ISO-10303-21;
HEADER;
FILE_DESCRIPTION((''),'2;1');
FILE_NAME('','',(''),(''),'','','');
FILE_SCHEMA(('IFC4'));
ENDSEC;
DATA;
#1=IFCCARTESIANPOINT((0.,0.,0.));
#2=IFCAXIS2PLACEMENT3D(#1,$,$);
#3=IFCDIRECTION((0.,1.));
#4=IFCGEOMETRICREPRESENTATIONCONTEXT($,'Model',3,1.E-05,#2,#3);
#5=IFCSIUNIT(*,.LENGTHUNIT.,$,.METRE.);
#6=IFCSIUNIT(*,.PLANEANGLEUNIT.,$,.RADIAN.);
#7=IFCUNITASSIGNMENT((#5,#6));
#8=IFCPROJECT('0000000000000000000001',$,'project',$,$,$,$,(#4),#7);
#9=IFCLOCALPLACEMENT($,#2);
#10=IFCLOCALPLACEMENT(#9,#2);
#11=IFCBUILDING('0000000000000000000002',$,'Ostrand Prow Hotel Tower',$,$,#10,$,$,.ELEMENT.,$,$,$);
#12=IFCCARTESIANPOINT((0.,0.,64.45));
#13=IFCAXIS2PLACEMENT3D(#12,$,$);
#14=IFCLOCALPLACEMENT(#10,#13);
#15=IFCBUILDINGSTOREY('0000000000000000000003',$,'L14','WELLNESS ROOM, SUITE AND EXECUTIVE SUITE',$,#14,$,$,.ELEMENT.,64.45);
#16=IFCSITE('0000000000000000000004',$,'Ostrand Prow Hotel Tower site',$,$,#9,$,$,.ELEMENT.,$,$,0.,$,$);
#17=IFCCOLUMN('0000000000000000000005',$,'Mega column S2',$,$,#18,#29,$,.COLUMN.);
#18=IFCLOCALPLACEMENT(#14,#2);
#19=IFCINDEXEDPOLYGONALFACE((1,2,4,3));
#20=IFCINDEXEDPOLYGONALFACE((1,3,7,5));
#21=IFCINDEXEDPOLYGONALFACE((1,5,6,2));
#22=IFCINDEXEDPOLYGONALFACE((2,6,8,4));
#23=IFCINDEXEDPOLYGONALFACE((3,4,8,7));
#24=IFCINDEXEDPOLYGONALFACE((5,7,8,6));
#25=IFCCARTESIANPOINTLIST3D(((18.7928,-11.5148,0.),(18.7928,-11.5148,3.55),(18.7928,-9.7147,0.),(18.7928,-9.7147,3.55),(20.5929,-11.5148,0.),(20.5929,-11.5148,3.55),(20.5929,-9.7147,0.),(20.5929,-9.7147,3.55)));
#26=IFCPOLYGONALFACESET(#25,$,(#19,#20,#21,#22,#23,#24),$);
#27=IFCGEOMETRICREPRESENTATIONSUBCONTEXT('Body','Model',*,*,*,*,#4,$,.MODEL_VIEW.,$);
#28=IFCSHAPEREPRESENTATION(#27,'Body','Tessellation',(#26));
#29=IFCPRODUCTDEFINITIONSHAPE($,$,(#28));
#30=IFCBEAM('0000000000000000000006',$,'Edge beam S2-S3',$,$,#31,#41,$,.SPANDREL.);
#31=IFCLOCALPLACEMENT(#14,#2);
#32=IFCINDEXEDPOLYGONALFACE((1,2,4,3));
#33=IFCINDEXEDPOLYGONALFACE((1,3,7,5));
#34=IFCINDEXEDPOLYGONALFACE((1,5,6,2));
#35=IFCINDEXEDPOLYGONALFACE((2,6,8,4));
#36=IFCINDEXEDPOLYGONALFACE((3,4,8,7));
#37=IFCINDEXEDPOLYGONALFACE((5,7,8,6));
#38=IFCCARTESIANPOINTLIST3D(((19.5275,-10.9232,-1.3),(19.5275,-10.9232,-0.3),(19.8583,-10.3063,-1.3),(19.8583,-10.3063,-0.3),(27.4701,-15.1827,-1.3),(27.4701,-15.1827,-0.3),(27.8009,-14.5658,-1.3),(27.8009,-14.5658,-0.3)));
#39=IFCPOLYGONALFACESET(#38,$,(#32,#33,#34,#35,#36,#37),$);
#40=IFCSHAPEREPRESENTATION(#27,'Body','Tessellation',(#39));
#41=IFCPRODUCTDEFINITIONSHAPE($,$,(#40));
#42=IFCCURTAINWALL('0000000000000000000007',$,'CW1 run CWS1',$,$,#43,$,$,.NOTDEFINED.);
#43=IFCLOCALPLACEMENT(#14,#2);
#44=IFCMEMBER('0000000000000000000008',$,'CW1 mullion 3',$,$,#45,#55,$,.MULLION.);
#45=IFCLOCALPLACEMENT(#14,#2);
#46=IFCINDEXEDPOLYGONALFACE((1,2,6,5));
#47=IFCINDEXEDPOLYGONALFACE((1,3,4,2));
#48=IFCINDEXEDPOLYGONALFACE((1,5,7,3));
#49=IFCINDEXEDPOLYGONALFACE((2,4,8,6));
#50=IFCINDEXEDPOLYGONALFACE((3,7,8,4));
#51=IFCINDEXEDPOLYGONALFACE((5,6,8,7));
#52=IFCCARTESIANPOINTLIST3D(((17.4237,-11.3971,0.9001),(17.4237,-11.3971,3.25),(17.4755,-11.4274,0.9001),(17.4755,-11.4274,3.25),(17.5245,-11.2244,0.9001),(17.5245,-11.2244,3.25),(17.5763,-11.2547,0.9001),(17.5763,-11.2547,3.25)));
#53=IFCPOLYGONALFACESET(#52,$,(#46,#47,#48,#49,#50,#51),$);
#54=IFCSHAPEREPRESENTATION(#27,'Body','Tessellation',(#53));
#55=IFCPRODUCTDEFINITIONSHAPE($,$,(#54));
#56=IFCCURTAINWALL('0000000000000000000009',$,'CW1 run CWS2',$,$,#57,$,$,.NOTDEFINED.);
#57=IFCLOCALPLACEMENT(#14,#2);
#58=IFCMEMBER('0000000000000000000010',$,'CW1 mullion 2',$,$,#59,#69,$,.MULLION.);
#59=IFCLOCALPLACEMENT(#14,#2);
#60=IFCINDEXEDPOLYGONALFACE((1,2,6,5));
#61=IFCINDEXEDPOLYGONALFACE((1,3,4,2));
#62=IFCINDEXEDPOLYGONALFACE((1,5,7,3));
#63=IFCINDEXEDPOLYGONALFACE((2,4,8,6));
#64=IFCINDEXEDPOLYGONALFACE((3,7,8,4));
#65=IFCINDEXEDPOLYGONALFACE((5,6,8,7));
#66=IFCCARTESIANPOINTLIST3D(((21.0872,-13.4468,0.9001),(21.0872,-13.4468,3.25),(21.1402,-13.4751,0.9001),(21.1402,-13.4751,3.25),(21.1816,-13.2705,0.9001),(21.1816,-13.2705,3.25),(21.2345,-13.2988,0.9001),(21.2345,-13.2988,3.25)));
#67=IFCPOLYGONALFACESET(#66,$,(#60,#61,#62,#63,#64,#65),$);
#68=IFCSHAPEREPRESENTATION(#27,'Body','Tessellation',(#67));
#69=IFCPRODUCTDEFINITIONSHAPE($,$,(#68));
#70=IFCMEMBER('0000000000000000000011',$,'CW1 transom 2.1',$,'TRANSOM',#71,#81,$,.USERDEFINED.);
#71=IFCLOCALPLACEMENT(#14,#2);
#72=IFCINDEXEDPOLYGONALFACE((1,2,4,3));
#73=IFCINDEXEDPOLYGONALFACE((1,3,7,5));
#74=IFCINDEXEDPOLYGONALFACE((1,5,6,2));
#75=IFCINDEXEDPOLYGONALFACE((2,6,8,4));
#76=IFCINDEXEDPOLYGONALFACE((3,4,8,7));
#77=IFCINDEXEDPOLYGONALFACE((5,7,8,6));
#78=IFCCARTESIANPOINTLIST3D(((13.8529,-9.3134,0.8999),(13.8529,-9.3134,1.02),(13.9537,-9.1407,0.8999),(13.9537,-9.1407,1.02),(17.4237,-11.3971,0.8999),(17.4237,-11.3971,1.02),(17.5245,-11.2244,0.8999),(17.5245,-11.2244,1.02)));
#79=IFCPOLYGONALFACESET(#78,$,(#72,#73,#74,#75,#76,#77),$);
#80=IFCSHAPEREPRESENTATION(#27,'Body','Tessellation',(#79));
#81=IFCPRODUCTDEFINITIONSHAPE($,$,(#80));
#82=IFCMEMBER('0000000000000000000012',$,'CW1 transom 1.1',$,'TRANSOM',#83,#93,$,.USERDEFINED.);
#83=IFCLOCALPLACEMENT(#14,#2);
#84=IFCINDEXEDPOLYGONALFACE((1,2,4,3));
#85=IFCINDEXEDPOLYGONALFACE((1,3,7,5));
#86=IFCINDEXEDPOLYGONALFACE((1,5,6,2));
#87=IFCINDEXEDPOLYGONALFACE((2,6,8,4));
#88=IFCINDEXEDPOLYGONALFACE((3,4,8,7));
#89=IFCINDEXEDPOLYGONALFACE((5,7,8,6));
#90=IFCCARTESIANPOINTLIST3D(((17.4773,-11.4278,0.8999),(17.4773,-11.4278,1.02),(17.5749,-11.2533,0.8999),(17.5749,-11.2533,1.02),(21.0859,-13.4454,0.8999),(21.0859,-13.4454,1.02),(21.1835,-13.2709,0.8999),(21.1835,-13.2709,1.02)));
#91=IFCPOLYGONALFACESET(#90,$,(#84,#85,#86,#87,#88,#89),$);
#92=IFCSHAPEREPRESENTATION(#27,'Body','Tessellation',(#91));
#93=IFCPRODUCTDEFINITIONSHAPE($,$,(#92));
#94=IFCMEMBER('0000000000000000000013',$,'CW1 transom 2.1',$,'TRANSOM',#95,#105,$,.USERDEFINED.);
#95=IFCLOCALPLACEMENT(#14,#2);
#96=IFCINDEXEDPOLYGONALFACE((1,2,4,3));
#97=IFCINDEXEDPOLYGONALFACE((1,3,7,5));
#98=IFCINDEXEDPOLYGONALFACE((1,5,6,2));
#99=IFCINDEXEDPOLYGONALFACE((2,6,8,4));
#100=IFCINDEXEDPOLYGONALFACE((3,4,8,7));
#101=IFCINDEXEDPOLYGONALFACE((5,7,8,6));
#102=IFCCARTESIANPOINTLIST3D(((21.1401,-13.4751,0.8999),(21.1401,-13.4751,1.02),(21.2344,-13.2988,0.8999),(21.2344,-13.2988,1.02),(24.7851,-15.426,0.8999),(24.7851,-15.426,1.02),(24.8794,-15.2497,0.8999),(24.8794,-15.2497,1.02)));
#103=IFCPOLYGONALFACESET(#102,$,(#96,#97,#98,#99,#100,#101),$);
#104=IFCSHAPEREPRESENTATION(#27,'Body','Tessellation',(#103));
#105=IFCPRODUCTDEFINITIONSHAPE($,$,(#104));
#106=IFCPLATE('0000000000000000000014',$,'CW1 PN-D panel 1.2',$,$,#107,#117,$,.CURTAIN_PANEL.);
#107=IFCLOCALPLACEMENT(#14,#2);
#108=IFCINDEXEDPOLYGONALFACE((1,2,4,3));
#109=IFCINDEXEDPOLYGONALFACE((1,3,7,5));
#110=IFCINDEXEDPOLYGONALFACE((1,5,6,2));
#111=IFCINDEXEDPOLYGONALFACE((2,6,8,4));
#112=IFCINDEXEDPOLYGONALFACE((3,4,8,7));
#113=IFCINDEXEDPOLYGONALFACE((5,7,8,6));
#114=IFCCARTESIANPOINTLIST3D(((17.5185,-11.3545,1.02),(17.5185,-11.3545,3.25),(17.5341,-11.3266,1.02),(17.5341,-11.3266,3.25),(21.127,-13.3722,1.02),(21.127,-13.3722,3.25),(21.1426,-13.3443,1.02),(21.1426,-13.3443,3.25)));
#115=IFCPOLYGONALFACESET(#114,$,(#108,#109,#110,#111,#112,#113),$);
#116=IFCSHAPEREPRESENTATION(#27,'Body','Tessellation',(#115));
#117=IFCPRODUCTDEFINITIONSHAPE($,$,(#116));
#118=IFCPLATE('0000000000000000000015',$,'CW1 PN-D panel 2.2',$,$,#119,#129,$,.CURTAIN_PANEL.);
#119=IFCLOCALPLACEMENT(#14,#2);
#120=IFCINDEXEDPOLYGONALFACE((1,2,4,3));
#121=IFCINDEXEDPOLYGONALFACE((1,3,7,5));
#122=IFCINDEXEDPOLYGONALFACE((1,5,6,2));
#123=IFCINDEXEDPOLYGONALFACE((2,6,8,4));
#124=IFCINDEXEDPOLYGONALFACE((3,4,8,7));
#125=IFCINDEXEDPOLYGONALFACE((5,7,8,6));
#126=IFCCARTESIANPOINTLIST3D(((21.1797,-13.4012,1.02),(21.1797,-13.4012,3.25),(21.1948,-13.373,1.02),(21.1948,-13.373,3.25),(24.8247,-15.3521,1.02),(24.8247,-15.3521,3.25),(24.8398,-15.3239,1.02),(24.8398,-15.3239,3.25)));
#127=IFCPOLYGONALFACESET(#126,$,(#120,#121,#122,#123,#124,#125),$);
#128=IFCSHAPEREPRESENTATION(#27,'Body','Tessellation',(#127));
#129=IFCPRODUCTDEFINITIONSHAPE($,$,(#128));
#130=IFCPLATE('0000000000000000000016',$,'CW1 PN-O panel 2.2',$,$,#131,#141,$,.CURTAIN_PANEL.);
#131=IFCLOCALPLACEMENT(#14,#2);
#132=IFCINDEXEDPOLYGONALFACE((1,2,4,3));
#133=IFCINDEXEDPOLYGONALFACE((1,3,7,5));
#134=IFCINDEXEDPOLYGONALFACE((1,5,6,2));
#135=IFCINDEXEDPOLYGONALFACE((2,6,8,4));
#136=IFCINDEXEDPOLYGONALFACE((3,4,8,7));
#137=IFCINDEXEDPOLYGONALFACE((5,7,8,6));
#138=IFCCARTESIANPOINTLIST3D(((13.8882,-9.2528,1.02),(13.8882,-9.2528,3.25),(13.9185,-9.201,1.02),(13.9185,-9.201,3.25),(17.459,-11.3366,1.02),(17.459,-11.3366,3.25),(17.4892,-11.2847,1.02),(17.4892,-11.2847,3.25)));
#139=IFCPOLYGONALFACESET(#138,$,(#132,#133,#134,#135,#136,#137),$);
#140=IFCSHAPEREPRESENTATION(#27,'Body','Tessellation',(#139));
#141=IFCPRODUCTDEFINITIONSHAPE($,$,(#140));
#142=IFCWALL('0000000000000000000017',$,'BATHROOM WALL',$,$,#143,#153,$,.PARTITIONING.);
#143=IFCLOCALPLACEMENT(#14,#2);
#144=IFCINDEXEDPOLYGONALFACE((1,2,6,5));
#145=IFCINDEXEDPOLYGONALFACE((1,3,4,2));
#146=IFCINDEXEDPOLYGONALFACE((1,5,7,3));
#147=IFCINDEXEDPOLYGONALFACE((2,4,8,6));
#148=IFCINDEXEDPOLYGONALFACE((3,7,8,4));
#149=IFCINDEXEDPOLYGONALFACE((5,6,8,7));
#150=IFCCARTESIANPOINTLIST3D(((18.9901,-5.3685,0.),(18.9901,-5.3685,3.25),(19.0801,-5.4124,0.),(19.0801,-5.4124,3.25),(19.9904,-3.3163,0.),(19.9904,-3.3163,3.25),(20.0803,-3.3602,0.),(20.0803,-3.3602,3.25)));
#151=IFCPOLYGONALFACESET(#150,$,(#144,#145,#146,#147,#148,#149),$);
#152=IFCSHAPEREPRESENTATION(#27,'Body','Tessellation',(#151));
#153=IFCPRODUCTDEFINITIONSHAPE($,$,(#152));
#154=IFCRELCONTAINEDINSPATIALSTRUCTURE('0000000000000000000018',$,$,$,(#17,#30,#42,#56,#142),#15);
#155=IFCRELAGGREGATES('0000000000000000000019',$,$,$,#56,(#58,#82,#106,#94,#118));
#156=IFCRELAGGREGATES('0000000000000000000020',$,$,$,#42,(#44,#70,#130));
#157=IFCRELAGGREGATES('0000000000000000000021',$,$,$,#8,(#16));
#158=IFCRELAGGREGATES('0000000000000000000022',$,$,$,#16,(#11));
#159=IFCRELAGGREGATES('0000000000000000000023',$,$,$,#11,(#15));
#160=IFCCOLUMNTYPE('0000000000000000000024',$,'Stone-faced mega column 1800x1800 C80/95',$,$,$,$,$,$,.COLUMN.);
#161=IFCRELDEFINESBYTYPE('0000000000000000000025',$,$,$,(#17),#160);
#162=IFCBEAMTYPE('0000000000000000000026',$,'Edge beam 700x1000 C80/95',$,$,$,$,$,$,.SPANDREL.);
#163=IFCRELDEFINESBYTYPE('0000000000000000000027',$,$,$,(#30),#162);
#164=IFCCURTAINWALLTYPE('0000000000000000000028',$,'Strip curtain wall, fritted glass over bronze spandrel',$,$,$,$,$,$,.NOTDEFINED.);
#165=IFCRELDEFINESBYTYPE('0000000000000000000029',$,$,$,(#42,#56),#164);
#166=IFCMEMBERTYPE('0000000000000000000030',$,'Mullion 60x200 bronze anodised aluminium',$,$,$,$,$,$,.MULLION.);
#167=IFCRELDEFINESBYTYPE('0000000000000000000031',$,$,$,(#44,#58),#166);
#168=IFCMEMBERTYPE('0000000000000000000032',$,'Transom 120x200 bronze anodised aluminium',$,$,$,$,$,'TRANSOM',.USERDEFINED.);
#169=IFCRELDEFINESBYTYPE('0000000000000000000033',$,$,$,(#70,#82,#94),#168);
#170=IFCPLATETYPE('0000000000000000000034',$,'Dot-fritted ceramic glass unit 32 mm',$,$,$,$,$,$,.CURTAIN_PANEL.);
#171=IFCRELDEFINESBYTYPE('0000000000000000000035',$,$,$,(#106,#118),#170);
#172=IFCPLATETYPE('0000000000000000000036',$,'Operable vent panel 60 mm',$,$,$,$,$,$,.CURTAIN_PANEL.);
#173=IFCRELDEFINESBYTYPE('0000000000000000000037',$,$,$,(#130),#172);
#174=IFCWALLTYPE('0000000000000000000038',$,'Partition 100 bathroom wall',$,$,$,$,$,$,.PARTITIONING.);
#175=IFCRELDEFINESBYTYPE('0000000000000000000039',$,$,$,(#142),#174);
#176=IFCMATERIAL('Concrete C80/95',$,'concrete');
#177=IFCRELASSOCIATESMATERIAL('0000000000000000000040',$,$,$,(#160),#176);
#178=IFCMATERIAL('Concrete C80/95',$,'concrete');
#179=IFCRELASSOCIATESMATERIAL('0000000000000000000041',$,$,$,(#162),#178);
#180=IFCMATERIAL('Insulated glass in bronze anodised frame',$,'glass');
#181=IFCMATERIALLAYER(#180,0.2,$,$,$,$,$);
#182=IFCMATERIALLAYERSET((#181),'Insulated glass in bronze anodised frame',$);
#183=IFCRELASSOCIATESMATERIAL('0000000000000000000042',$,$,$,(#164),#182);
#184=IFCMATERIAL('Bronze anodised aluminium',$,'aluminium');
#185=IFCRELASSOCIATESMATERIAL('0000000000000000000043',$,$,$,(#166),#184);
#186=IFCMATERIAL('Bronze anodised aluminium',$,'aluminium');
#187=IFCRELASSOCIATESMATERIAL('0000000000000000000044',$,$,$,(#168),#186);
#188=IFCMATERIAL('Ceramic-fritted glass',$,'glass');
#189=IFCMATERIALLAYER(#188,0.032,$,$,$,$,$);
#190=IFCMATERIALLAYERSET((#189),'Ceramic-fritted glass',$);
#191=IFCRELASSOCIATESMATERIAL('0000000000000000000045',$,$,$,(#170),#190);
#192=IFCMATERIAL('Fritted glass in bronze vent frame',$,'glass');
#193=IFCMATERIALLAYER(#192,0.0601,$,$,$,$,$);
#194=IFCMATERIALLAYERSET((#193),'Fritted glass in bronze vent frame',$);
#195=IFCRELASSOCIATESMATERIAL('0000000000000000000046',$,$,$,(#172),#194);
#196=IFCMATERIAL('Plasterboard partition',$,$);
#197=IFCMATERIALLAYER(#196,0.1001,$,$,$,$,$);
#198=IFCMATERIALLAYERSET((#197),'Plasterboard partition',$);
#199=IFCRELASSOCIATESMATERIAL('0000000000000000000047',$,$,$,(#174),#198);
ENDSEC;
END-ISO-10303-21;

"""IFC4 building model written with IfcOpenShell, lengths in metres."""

from ifc_helpers import new_model, si_unit, direction, frame, frame_2d, origin, origin_2d, place, context, subcontext, project, spatial, rectangle, extrude, material, layer, layer_set, material_profile, profile_set, type_object, element, aggregate, save


model = new_model("IFC4")

# Units and contexts
model_context = context("Model", 3, precision=1e-05, world=origin(), true_north=direction((0.0, 1.0)))
body_context = subcontext(model_context, "Body", "Model", "MODEL_VIEW")
ifc_project = project(units=[si_unit("LENGTHUNIT", "METRE"), si_unit("PLANEANGLEUNIT", "RADIAN")], contexts=[model_context])

# Site, building, storey
site_placement = place(None, origin())
site = spatial("IfcSite", under=ifc_project, at=site_placement, Name="Ostrand Prow Hotel Tower site", CompositionType="ELEMENT", RefElevation=0.0)
building_placement = place(site_placement, origin())
building = spatial("IfcBuilding", under=site, at=building_placement, Name="Ostrand Prow Hotel Tower", CompositionType="ELEMENT")
storey_placement = place(building_placement, frame((0.0, 0.0, 64.45)))
storey = spatial("IfcBuildingStorey", under=building, at=storey_placement, Name="L14", Description="WELLNESS ROOM, SUITE AND EXECUTIVE SUITE", CompositionType="ELEMENT", Elevation=64.45)

# Column
ifc_material_1 = material(Name="Concrete C80/95", Category="concrete")
ifc_material_profile_1 = material_profile(ifc_material_1, rectangle(XDim=1.8, YDim=1.8, at=origin_2d()), Name="RC 1800x1800")
ifc_profile_set_1 = profile_set([ifc_material_profile_1], Name="Concrete C80/95")
column_type = type_object("IfcColumnType", Name="Stone-faced mega column 1800x1800 C80/95", PredefinedType="COLUMN", material=ifc_profile_set_1)
column_placement = place(storey_placement, frame((19.6929, -10.6147, 0.0), z_axis=(0.0, 0.0, 1.0), x_axis=(1.0, 0.0, 0.0)))
element("IfcColumn", 1, at=column_placement, inside=storey, type_object=column_type, Name="Mega column S2", PredefinedType="COLUMN", context=body_context, shape_type="SweptSolid", body=[
    extrude(rectangle(XDim=1.8, YDim=1.8, at=origin_2d()), origin(), (0.0, 0.0, 1.0), 3.55),
])

# Beam
ifc_material_2 = material(Name="Concrete C80/95", Category="concrete")
ifc_material_profile_2 = material_profile(ifc_material_2, rectangle(XDim=0.7, YDim=1.0, at=origin_2d()), Name="RC 700x1000")
ifc_profile_set_2 = profile_set([ifc_material_profile_2], Name="Concrete C80/95")
beam_type = type_object("IfcBeamType", Name="Edge beam 700x1000 C80/95", PredefinedType="SPANDREL", material=ifc_profile_set_2)
beam_placement = place(storey_placement, frame((19.6929, -10.6147, -0.8), z_axis=(0.88127, -0.472613, 0.0), x_axis=(0.472613, 0.88127, 0.0)))
element("IfcBeam", 2, at=beam_placement, inside=storey, type_object=beam_type, Name="Edge beam S2-S3", PredefinedType="SPANDREL", context=body_context, shape_type="SweptSolid", body=[
    extrude(rectangle(XDim=0.7, YDim=1.0, at=origin_2d()), origin(), (0.0, 0.0, 1.0), 9.0127),
])

# Curtain walls, members
ifc_material_3 = material(Name="Insulated glass in bronze anodised frame", Category="glass")
ifc_layer_1 = layer(ifc_material_3, 0.2)
ifc_layer_set_1 = layer_set([ifc_layer_1], Name="Insulated glass in bronze anodised frame")
curtain_wall_type = type_object("IfcCurtainWallType", Name="Strip curtain wall, fritted glass over bronze spandrel", PredefinedType="NOTDEFINED", material=ifc_layer_set_1)
curtain_wall_1_placement = place(storey_placement, origin())
curtain_wall_1 = element("IfcCurtainWall", 3, at=curtain_wall_1_placement, inside=storey, type_object=curtain_wall_type, Name="CW1 run CWS1", PredefinedType="NOTDEFINED")
ifc_material_4 = material(Name="Bronze anodised aluminium", Category="aluminium")
ifc_material_profile_3 = material_profile(ifc_material_4, rectangle(XDim=0.2, YDim=0.0601, at=origin_2d()), Name="Mullion 60x200 bronze anodised aluminium")
ifc_profile_set_3 = profile_set([ifc_material_profile_3], Name="Bronze anodised aluminium")
member_type_1 = type_object("IfcMemberType", Name="Mullion 60x200 bronze anodised aluminium", PredefinedType="MULLION", material=ifc_profile_set_3)
member_1_placement = place(storey_placement, frame((17.5, -11.3259, 0.9001), z_axis=(0.0, 0.0, 1.0), x_axis=(0.504023, 0.86369, 0.0)))
member_1 = element("IfcMember", 4, at=member_1_placement, type_object=member_type_1, Name="CW1 mullion 3", PredefinedType="MULLION", context=body_context, shape_type="SweptSolid", body=[
    extrude(rectangle(XDim=0.2, YDim=0.0601, at=origin_2d()), origin(), (0.0, 0.0, 1.0), 2.3499),
])
curtain_wall_2_placement = place(storey_placement, origin())
curtain_wall_2 = element("IfcCurtainWall", 5, at=curtain_wall_2_placement, inside=storey, type_object=curtain_wall_type, Name="CW1 run CWS2", PredefinedType="NOTDEFINED")
member_2_placement = place(storey_placement, frame((21.1609, -13.3728, 0.9001), z_axis=(0.0, 0.0, 1.0), x_axis=(0.4719, 0.881652, 0.0)))
member_2 = element("IfcMember", 6, at=member_2_placement, type_object=member_type_1, Name="CW1 mullion 2", PredefinedType="MULLION", context=body_context, shape_type="SweptSolid", body=[
    extrude(rectangle(XDim=0.2, YDim=0.0601, at=origin_2d()), origin(), (0.0, 0.0, 1.0), 2.3499),
])

# Members
ifc_material_5 = material(Name="Bronze anodised aluminium", Category="aluminium")
ifc_material_profile_4 = material_profile(ifc_material_5, rectangle(XDim=0.2, YDim=0.1201, at=origin_2d()), Name="Transom 120x200 bronze anodised aluminium")
ifc_profile_set_4 = profile_set([ifc_material_profile_4], Name="Bronze anodised aluminium")
member_type_2 = type_object("IfcMemberType", Name="Transom 120x200 bronze anodised aluminium", ElementType="TRANSOM", PredefinedType="USERDEFINED", material=ifc_profile_set_4)
member_3_placement = place(storey_placement, frame((13.9033, -9.2271, 0.96), z_axis=(0.863698, -0.504011, 0.0), x_axis=(0.504011, 0.863698, 0.0)))
member_3 = element("IfcMember", 7, at=member_3_placement, type_object=member_type_2, Name="CW1 transom 2.1", ObjectType="TRANSOM", PredefinedType="USERDEFINED", context=body_context, shape_type="SweptSolid", body=[
    extrude(rectangle(XDim=0.2, YDim=0.1201, at=origin_2d()), origin(), (0.0, 0.0, 1.0), 4.1343),
])
member_4_placement = place(storey_placement, frame((17.5261, -11.3406, 0.96), z_axis=(0.872842, -0.488003, 0.0), x_axis=(0.488003, 0.872842, 0.0)))
member_4 = element("IfcMember", 8, at=member_4_placement, type_object=member_type_2, Name="CW1 transom 1.1", ObjectType="TRANSOM", PredefinedType="USERDEFINED", context=body_context, shape_type="SweptSolid", body=[
    extrude(rectangle(XDim=0.2, YDim=0.1201, at=origin_2d()), origin(), (0.0, 0.0, 1.0), 4.1343),
])
member_5_placement = place(storey_placement, frame((21.1873, -13.387, 0.96), z_axis=(0.881657, -0.47189, 0.0), x_axis=(0.47189, 0.881657, 0.0)))
member_5 = element("IfcMember", 9, at=member_5_placement, type_object=member_type_2, Name="CW1 transom 2.1", ObjectType="TRANSOM", PredefinedType="USERDEFINED", context=body_context, shape_type="SweptSolid", body=[
    extrude(rectangle(XDim=0.2, YDim=0.1201, at=origin_2d()), origin(), (0.0, 0.0, 1.0), 4.1343),
])

# Plates
ifc_material_6 = material(Name="Ceramic-fritted glass", Category="glass")
ifc_layer_2 = layer(ifc_material_6, 0.032)
ifc_layer_set_2 = layer_set([ifc_layer_2], Name="Ceramic-fritted glass")
plate_type_1 = type_object("IfcPlateType", Name="Dot-fritted ceramic glass unit 32 mm", PredefinedType="CURTAIN_PANEL", material=ifc_layer_set_2)
plate_1_placement = place(storey_placement, frame((19.3306, -12.3494, 1.02), z_axis=(0.0, 0.0, 1.0), x_axis=(0.872819, -0.488044, 0.0)))
plate_1 = element("IfcPlate", 10, at=plate_1_placement, type_object=plate_type_1, Name="CW1 PN-D panel 1.2", PredefinedType="CURTAIN_PANEL", context=body_context, shape_type="SweptSolid", body=[
    extrude(rectangle(XDim=4.1343, YDim=0.032, at=origin_2d()), origin(), (0.0, 0.0, 1.0), 2.23),
])
plate_2_placement = place(storey_placement, frame((23.0098, -14.3625, 1.02), z_axis=(0.0, 0.0, 1.0), x_axis=(0.881652, -0.4719, 0.0)))
plate_2 = element("IfcPlate", 11, at=plate_2_placement, type_object=plate_type_1, Name="CW1 PN-D panel 2.2", PredefinedType="CURTAIN_PANEL", context=body_context, shape_type="SweptSolid", body=[
    extrude(rectangle(XDim=4.1343, YDim=0.032, at=origin_2d()), origin(), (0.0, 0.0, 1.0), 2.23),
])
aggregate(curtain_wall_2, [member_2, member_4, plate_1, member_5, plate_2])
ifc_material_7 = material(Name="Fritted glass in bronze vent frame", Category="glass")
ifc_layer_3 = layer(ifc_material_7, 0.0601)
ifc_layer_set_3 = layer_set([ifc_layer_3], Name="Fritted glass in bronze vent frame")
plate_type_2 = type_object("IfcPlateType", Name="Operable vent panel 60 mm", PredefinedType="CURTAIN_PANEL", material=ifc_layer_set_3)
plate_3_placement = place(storey_placement, frame((15.6887, -10.2688, 1.02), z_axis=(0.0, 0.0, 1.0), x_axis=(0.86369, -0.504023, 0.0)))
plate_3 = element("IfcPlate", 12, at=plate_3_placement, type_object=plate_type_2, Name="CW1 PN-O panel 2.2", PredefinedType="CURTAIN_PANEL", context=body_context, shape_type="SweptSolid", body=[
    extrude(rectangle(XDim=4.1343, YDim=0.0601, at=origin_2d()), origin(), (0.0, 0.0, 1.0), 2.23),
])
aggregate(curtain_wall_1, [member_1, member_3, plate_3])

# Wall
ifc_material_8 = material(Name="Plasterboard partition")
ifc_layer_4 = layer(ifc_material_8, 0.1001)
ifc_layer_set_4 = layer_set([ifc_layer_4], Name="Plasterboard partition")
wall_type_1 = type_object("IfcWallType", Name="Partition 100 bathroom wall", PredefinedType="PARTITIONING", material=ifc_layer_set_4)
wall_1_placement = place(storey_placement, frame((20.0354, -3.3381, 0.0), z_axis=(0.0, 0.0, 1.0), x_axis=(-0.438122, -0.898915, 0.0)))
element("IfcWall", 13, at=wall_1_placement, inside=storey, type_object=wall_type_1, Name="BATHROOM WALL", PredefinedType="PARTITIONING", context=body_context, shape_type="SweptSolid", body=[
    extrude(rectangle(XDim=2.283, YDim=0.1001, at=frame_2d((1.1416, 0.0))), origin(), (0.0, 0.0, 1.0), 3.25),
])

save(model, "model.ifc")
